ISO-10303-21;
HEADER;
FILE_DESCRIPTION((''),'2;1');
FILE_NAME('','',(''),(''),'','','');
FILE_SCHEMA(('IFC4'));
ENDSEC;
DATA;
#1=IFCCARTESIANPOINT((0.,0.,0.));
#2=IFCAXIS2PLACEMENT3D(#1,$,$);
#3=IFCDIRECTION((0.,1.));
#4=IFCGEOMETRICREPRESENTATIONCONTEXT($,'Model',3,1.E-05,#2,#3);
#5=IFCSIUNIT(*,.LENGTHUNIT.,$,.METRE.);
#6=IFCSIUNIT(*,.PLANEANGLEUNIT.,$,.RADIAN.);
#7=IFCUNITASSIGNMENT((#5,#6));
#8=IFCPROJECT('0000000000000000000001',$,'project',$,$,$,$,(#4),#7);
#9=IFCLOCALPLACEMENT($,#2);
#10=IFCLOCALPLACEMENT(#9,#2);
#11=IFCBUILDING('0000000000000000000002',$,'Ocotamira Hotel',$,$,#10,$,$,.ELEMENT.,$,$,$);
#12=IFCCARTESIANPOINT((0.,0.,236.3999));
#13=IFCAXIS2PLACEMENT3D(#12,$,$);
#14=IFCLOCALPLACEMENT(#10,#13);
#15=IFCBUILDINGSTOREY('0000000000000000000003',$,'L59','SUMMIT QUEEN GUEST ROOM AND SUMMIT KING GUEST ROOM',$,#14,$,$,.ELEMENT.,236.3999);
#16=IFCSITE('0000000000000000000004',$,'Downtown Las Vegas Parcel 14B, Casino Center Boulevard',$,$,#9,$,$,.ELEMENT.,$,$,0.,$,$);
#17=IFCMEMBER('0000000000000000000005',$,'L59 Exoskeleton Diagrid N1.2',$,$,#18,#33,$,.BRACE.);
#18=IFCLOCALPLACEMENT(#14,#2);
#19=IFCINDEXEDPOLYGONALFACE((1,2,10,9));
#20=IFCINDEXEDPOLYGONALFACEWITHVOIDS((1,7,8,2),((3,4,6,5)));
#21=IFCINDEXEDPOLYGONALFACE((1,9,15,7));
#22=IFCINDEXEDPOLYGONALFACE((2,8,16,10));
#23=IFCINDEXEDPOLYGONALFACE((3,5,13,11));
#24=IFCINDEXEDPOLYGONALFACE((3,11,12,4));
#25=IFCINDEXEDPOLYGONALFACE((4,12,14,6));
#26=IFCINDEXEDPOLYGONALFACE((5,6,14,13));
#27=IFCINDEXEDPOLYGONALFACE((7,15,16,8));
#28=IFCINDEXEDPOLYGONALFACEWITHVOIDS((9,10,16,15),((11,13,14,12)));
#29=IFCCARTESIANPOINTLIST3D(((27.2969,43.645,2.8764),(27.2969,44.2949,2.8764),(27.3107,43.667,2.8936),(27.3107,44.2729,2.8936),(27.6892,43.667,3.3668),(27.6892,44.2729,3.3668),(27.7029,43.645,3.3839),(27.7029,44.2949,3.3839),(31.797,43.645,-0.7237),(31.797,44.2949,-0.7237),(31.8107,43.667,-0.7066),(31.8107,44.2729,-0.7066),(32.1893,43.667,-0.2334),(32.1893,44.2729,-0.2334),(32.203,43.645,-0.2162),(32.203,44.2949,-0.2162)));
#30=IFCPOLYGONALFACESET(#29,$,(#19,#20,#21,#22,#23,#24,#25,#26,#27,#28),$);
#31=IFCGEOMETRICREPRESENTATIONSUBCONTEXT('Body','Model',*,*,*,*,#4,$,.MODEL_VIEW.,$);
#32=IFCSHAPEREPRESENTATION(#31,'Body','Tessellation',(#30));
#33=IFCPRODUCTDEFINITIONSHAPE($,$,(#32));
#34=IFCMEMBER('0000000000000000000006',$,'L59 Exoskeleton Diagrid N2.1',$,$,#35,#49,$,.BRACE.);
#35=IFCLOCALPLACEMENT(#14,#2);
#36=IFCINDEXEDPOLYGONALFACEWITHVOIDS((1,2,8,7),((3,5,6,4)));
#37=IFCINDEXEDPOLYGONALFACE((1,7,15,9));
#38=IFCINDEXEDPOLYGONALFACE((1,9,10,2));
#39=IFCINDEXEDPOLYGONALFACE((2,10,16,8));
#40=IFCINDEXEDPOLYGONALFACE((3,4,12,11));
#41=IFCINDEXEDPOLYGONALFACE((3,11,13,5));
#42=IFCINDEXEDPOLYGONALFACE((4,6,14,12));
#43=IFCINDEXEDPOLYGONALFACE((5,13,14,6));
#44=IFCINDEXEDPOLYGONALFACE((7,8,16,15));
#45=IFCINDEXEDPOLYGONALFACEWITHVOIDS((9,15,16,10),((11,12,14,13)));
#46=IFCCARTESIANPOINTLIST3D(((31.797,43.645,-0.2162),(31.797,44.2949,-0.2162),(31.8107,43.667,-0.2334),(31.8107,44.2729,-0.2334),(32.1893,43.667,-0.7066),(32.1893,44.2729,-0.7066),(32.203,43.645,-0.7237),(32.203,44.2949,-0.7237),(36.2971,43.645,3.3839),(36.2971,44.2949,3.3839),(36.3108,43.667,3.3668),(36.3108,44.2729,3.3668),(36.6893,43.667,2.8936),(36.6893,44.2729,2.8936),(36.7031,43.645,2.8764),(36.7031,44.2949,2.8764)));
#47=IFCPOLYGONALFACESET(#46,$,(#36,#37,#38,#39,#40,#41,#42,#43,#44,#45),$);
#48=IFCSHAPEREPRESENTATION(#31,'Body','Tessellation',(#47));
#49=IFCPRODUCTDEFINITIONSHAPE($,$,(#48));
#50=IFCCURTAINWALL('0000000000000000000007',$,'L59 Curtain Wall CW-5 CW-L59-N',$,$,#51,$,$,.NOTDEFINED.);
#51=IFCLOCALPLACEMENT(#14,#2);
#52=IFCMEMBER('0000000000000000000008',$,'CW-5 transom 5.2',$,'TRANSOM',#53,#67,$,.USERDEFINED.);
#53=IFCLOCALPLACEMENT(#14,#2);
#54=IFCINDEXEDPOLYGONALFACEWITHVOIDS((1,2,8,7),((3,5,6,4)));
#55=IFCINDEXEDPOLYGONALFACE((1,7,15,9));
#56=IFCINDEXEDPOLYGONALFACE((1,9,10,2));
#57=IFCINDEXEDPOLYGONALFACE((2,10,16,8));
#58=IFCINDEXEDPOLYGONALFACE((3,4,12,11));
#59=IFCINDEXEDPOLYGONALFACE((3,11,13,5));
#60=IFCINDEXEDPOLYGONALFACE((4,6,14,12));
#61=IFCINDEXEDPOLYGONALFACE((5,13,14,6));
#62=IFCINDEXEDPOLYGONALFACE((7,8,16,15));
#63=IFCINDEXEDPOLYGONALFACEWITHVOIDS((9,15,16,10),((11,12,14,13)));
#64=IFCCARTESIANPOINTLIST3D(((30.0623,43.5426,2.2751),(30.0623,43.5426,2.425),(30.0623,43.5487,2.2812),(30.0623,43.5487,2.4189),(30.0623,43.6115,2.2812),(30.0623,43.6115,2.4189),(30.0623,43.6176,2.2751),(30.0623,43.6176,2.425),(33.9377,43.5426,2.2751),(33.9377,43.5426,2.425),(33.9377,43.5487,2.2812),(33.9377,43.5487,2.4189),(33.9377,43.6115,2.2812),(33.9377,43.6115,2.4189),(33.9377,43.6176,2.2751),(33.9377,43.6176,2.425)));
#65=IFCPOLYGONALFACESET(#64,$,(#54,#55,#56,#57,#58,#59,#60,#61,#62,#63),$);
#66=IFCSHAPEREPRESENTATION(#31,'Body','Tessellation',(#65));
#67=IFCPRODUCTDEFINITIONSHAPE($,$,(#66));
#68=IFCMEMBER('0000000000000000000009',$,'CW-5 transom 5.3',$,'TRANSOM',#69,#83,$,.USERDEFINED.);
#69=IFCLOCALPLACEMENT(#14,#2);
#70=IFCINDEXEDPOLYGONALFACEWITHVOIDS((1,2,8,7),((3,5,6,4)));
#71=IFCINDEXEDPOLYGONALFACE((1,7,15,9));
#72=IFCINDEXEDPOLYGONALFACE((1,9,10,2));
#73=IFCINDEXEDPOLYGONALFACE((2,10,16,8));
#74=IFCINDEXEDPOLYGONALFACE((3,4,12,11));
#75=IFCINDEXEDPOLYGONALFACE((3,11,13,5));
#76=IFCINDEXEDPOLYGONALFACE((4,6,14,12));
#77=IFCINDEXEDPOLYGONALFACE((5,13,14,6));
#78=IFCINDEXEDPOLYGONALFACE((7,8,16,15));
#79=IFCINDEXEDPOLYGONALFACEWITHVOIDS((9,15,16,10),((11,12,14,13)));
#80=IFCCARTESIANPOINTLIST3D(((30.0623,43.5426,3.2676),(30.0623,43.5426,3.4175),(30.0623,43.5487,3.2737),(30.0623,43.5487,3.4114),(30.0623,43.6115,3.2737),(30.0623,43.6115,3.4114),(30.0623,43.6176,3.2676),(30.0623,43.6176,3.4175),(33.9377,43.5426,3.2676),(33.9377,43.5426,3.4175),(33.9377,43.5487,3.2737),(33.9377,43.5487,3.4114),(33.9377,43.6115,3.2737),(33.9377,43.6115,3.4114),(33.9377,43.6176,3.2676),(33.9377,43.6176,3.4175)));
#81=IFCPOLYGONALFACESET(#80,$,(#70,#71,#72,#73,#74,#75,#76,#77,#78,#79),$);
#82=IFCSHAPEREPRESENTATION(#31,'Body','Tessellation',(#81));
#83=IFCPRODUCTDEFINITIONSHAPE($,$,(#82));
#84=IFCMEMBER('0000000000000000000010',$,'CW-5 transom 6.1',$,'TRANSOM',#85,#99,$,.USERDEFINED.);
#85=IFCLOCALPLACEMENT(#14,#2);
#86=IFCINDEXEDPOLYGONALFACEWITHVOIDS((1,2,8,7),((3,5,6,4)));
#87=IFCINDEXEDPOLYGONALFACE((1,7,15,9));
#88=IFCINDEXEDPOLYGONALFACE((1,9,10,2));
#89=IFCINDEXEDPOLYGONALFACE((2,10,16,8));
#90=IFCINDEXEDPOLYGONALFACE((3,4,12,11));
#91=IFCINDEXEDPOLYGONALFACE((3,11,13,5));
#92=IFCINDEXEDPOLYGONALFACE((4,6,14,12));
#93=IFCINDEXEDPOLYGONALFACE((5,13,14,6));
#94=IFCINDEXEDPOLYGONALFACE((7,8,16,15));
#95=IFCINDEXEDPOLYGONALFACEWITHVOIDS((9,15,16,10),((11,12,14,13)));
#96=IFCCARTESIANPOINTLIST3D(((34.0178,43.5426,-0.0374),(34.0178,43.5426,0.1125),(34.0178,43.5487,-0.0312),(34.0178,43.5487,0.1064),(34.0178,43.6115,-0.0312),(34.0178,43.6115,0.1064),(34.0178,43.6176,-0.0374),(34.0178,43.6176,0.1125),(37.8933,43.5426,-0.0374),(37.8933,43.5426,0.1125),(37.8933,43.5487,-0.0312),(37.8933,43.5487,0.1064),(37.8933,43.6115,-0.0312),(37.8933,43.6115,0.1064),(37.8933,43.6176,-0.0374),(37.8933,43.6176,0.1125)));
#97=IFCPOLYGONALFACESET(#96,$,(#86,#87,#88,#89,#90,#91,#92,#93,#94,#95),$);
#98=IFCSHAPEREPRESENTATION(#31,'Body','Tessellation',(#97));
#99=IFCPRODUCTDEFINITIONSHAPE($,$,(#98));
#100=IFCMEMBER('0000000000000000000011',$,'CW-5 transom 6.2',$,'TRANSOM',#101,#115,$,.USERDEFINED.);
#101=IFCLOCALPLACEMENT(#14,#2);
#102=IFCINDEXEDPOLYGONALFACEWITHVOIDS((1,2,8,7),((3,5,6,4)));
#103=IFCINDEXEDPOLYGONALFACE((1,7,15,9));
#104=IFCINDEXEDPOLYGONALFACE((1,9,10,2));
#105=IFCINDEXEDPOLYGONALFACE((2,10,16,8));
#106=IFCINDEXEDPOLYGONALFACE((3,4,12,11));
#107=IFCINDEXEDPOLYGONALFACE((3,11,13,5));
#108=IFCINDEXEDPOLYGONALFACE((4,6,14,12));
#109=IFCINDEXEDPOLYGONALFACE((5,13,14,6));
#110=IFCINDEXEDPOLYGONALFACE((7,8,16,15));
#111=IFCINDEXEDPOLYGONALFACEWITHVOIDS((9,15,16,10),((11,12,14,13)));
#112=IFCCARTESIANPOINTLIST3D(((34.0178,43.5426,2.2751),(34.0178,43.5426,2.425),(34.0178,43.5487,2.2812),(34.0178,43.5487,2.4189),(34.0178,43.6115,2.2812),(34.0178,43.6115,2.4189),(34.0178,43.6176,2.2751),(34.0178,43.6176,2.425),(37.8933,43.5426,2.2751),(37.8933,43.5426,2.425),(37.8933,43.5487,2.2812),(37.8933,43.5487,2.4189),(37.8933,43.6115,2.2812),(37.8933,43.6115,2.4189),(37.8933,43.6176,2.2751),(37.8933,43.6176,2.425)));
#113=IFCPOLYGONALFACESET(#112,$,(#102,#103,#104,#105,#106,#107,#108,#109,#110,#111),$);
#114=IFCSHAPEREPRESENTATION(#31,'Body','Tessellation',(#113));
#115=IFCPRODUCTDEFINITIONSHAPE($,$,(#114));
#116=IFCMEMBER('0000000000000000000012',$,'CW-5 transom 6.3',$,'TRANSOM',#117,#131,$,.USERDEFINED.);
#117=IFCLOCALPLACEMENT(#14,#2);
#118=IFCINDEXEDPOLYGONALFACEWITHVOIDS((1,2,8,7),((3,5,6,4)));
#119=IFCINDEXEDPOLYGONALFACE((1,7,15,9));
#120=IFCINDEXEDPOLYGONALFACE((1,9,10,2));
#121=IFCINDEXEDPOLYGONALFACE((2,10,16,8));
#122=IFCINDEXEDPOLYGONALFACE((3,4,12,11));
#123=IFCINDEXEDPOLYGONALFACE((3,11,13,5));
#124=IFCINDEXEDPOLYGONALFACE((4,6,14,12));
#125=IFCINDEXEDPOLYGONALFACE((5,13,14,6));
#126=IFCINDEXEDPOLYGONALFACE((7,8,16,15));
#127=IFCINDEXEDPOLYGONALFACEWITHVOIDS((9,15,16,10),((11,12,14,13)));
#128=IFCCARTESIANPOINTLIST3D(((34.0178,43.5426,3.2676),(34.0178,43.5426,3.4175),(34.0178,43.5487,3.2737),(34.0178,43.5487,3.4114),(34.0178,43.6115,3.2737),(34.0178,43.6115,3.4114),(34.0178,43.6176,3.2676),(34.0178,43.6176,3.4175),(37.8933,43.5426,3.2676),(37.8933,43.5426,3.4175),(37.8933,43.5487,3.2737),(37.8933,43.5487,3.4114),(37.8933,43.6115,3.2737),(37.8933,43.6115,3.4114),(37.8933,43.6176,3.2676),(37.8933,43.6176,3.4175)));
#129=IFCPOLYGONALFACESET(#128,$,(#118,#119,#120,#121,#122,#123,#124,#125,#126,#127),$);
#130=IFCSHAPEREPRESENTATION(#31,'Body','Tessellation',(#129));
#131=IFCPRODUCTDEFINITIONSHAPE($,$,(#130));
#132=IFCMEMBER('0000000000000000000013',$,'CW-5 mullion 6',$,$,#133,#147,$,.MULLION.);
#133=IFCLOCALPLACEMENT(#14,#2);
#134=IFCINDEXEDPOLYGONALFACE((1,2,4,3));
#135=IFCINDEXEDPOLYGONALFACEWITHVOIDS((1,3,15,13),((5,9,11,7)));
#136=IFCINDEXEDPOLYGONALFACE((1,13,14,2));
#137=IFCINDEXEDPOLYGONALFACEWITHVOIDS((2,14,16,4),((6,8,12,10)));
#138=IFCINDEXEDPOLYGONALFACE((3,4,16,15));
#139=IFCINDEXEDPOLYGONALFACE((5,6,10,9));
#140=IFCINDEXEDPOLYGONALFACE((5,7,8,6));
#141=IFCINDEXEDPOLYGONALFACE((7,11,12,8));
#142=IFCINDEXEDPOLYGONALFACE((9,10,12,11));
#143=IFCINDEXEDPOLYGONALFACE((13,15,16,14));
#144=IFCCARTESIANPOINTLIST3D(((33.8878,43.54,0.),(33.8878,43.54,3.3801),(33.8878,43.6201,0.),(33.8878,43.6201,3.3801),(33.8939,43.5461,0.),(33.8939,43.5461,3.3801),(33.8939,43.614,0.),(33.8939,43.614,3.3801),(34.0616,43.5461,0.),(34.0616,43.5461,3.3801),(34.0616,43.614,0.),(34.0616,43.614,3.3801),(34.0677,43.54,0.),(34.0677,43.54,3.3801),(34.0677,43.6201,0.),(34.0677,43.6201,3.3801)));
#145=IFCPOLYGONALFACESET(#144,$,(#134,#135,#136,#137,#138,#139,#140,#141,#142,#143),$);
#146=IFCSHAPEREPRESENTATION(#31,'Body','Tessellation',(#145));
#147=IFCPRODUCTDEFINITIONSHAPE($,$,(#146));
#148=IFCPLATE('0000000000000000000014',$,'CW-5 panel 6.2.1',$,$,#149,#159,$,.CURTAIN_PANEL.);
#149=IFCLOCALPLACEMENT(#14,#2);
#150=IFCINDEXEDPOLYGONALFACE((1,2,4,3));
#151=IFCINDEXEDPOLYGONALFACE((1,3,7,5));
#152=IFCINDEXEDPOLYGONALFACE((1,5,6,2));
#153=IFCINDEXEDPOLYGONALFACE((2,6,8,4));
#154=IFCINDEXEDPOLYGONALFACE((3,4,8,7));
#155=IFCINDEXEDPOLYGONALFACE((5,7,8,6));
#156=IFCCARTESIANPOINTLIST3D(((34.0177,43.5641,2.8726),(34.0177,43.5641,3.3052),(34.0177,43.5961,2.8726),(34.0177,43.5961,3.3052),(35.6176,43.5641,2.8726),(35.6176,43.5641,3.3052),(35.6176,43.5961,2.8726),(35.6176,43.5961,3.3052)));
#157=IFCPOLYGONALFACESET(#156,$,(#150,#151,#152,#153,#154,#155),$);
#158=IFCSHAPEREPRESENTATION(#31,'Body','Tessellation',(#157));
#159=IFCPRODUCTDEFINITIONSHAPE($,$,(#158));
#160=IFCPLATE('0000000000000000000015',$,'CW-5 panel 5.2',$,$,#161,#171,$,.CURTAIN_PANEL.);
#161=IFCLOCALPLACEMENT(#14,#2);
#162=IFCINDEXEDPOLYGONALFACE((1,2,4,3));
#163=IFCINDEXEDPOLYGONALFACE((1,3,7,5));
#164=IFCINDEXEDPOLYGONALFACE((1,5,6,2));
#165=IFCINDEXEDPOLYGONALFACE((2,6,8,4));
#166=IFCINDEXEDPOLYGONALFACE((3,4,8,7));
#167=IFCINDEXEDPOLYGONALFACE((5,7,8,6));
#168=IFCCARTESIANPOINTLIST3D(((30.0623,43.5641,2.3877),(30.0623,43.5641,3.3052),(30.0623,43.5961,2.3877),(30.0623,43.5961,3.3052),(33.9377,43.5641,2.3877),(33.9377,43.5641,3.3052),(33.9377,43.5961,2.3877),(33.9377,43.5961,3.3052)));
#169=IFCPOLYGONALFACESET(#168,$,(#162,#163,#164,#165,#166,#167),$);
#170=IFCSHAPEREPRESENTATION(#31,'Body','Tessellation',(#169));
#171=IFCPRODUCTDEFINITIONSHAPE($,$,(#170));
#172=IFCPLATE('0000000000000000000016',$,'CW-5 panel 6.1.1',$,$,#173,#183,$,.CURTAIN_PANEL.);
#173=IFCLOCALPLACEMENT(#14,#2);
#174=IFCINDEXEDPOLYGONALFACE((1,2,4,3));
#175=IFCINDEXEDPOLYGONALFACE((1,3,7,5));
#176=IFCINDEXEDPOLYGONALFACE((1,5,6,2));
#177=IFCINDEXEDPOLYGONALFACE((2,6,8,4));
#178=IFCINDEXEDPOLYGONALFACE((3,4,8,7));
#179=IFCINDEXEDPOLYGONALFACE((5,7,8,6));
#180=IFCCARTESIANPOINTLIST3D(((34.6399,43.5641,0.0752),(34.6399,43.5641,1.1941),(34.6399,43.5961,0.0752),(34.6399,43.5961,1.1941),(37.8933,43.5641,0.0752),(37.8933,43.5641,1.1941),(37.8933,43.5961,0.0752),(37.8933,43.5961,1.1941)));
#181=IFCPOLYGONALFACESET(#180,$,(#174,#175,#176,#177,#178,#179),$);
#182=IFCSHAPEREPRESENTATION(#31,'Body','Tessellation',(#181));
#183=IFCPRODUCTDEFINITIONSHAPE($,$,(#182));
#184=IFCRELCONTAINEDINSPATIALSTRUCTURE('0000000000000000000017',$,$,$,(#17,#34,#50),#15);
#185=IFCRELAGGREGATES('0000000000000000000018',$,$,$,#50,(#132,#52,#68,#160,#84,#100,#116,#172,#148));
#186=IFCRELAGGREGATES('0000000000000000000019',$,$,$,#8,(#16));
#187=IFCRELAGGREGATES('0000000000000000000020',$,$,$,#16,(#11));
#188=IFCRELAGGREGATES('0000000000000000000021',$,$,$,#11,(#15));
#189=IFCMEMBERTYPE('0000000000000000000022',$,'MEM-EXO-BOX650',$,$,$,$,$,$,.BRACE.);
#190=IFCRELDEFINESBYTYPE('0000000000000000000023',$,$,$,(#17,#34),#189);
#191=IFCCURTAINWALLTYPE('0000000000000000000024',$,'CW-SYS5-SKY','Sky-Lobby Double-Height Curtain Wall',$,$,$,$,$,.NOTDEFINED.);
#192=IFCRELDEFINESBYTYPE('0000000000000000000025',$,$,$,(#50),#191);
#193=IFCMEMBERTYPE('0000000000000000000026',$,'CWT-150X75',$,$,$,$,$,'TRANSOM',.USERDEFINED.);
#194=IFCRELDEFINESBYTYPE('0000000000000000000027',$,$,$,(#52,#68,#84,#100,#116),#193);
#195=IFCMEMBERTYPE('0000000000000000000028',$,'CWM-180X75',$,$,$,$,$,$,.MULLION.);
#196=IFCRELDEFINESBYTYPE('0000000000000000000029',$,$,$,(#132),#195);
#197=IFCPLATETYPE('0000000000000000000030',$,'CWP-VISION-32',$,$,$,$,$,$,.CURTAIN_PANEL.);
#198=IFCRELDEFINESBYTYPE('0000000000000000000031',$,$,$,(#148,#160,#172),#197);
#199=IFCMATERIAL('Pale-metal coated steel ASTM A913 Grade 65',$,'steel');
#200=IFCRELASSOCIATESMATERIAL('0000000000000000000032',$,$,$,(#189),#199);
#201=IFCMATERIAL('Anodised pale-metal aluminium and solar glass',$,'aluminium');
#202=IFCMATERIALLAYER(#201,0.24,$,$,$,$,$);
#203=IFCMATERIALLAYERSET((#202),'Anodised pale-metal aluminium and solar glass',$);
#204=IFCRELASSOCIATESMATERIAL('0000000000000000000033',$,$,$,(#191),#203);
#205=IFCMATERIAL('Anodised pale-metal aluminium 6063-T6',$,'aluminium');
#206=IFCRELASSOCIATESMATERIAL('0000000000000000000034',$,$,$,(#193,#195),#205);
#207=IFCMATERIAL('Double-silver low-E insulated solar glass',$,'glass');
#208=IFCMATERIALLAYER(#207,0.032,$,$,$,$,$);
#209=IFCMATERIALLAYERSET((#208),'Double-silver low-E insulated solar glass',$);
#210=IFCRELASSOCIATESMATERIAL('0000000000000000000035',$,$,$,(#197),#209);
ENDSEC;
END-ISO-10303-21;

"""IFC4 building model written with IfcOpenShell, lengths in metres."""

from ifc_helpers import new_model, si_unit, direction, frame, origin, origin_2d, place, context, subcontext, project, spatial, rectangle, hollow_rectangle, extrude, source, transform, mapped, material, layer, layer_set, material_profile, profile_set, type_object, element, aggregate, save


model = new_model("IFC4")

# Units and contexts
model_context = context("Model", 3, precision=1e-05, world=origin(), true_north=direction((0.0, 1.0)))
body_context = subcontext(model_context, "Body", "Model", "MODEL_VIEW")
ifc_project = project(units=[si_unit("LENGTHUNIT", "METRE"), si_unit("PLANEANGLEUNIT", "RADIAN")], contexts=[model_context])

# Site, building, storey
site_placement = place(None, origin())
site = spatial("IfcSite", under=ifc_project, at=site_placement, Name="Downtown Las Vegas Parcel 14B, Casino Center Boulevard", CompositionType="ELEMENT", RefElevation=0.0)
building_placement = place(site_placement, origin())
building = spatial("IfcBuilding", under=site, at=building_placement, Name="Ocotamira Hotel", CompositionType="ELEMENT")
storey_placement = place(building_placement, frame((0.0, 0.0, 236.3999)))
storey = spatial("IfcBuildingStorey", under=building, at=storey_placement, Name="L59", Description="SUMMIT QUEEN GUEST ROOM AND SUMMIT KING GUEST ROOM", CompositionType="ELEMENT", Elevation=236.3999)

# Members
ifc_material_1 = material(Name="Pale-metal coated steel ASTM A913 Grade 65", Category="steel")
ifc_material_profile_1 = material_profile(ifc_material_1, hollow_rectangle(XDim=0.6499, YDim=0.6499, WallThickness=0.022, at=origin_2d()), Name="BOX650X650X22")
ifc_profile_set_1 = profile_set([ifc_material_profile_1], Name="Pale-metal coated steel ASTM A913 Grade 65")
member_type_1 = type_object("IfcMemberType", Name="MEM-EXO-BOX650", PredefinedType="BRACE", material=ifc_profile_set_1)
shared_shape_1 = source(origin(), body_context, "Body", "SweptSolid", [
    extrude(hollow_rectangle(XDim=0.6499, YDim=0.6499, WallThickness=0.022, at=origin_2d()), origin(), (0.0, 0.0, 1.0), 5.7629),
])
for number, where, z_axis, x_axis, name in (
    (1, (32.0, 43.97, -0.47), (-0.780861, 0.0, 0.624705), (0.0, -1.0, 0.0), "L59 Exoskeleton Diagrid N1.2"),
    (2, (32.0, 43.97, -0.47), (0.780861, 0.0, 0.624705), (0.0, 1.0, 0.0), "L59 Exoskeleton Diagrid N2.1"),
):
    element("IfcMember", number, at=place(storey_placement, frame(where, z_axis=z_axis, x_axis=x_axis)), inside=storey, type_object=member_type_1, Name=name, PredefinedType="BRACE", context=body_context, shape_type="MappedRepresentation", body=[
        mapped(shared_shape_1, transform((0.0, 0.0, 0.0), scale=1.0)),
    ])

# Curtain wall, members, plates
ifc_material_2 = material(Name="Anodised pale-metal aluminium and solar glass", Category="aluminium")
ifc_layer_1 = layer(ifc_material_2, 0.24)
ifc_layer_set_1 = layer_set([ifc_layer_1], Name="Anodised pale-metal aluminium and solar glass")
curtain_wall_type = type_object("IfcCurtainWallType", Name="CW-SYS5-SKY", Description="Sky-Lobby Double-Height Curtain Wall", PredefinedType="NOTDEFINED", material=ifc_layer_set_1)
curtain_wall_placement = place(storey_placement, origin())
curtain_wall = element("IfcCurtainWall", 3, at=curtain_wall_placement, inside=storey, type_object=curtain_wall_type, Name="L59 Curtain Wall CW-5 CW-L59-N", PredefinedType="NOTDEFINED")
ifc_material_3 = material(Name="Anodised pale-metal aluminium 6063-T6", Category="aluminium")
ifc_material_profile_2 = material_profile(ifc_material_3, hollow_rectangle(XDim=0.075, YDim=0.1499, WallThickness=0.0061, at=origin_2d()), Name="HSS150X75X6")
ifc_profile_set_2 = profile_set([ifc_material_profile_2], Name="Anodised pale-metal aluminium 6063-T6")
member_type_2 = type_object("IfcMemberType", Name="CWT-150X75", ElementType="TRANSOM", PredefinedType="USERDEFINED", material=ifc_profile_set_2)
shared_shape_2 = source(origin(), body_context, "Body", "SweptSolid", [
    extrude(hollow_rectangle(XDim=0.075, YDim=0.1499, WallThickness=0.0061, at=origin_2d()), origin(), (0.0, 0.0, 1.0), 3.8755),
])
member_1_placement = place(storey_placement, frame((30.0623, 43.5801, 2.3501), z_axis=(1.0, 0.0, 0.0), x_axis=(0.0, 1.0, 0.0)))
member_1 = element("IfcMember", 4, at=member_1_placement, type_object=member_type_2, Name="CW-5 transom 5.2", ObjectType="TRANSOM", PredefinedType="USERDEFINED", context=body_context, shape_type="MappedRepresentation", body=[
    mapped(shared_shape_2, transform((0.0, 0.0, 0.0), scale=1.0)),
])
member_2_placement = place(storey_placement, frame((30.0623, 43.5801, 3.3425), z_axis=(1.0, 0.0, 0.0), x_axis=(0.0, 1.0, 0.0)))
member_2 = element("IfcMember", 5, at=member_2_placement, type_object=member_type_2, Name="CW-5 transom 5.3", ObjectType="TRANSOM", PredefinedType="USERDEFINED", context=body_context, shape_type="MappedRepresentation", body=[
    mapped(shared_shape_2, transform((0.0, 0.0, 0.0), scale=1.0)),
])
member_3_placement = place(storey_placement, frame((34.0178, 43.5801, 0.0376), z_axis=(1.0, 0.0, 0.0), x_axis=(0.0, 1.0, 0.0)))
member_3 = element("IfcMember", 6, at=member_3_placement, type_object=member_type_2, Name="CW-5 transom 6.1", ObjectType="TRANSOM", PredefinedType="USERDEFINED", context=body_context, shape_type="MappedRepresentation", body=[
    mapped(shared_shape_2, transform((0.0, 0.0, 0.0), scale=1.0)),
])
member_4_placement = place(storey_placement, frame((34.0178, 43.5801, 2.3501), z_axis=(1.0, 0.0, 0.0), x_axis=(0.0, 1.0, 0.0)))
member_4 = element("IfcMember", 7, at=member_4_placement, type_object=member_type_2, Name="CW-5 transom 6.2", ObjectType="TRANSOM", PredefinedType="USERDEFINED", context=body_context, shape_type="MappedRepresentation", body=[
    mapped(shared_shape_2, transform((0.0, 0.0, 0.0), scale=1.0)),
])
member_5_placement = place(storey_placement, frame((34.0178, 43.5801, 3.3425), z_axis=(1.0, 0.0, 0.0), x_axis=(0.0, 1.0, 0.0)))
member_5 = element("IfcMember", 8, at=member_5_placement, type_object=member_type_2, Name="CW-5 transom 6.3", ObjectType="TRANSOM", PredefinedType="USERDEFINED", context=body_context, shape_type="MappedRepresentation", body=[
    mapped(shared_shape_2, transform((0.0, 0.0, 0.0), scale=1.0)),
])
ifc_material_profile_3 = material_profile(ifc_material_3, hollow_rectangle(XDim=0.0801, YDim=0.1799, WallThickness=0.0061, at=origin_2d()), Name="HSS180X80X6")
ifc_profile_set_3 = profile_set([ifc_material_profile_3], Name="Anodised pale-metal aluminium 6063-T6")
member_type_3 = type_object("IfcMemberType", Name="CWM-180X75", PredefinedType="MULLION", material=ifc_profile_set_3)
shared_shape_3 = source(origin(), body_context, "Body", "SweptSolid", [
    extrude(hollow_rectangle(XDim=0.0801, YDim=0.1799, WallThickness=0.0061, at=origin_2d()), origin(), (0.0, 0.0, 1.0), 3.3801),
])
member_6_placement = place(storey_placement, frame((33.9778, 43.5801, 0.0), z_axis=(0.0, 0.0, 1.0), x_axis=(0.0, 1.0, 0.0)))
member_6 = element("IfcMember", 9, at=member_6_placement, type_object=member_type_3, Name="CW-5 mullion 6", PredefinedType="MULLION", context=body_context, shape_type="MappedRepresentation", body=[
    mapped(shared_shape_3, transform((0.0, 0.0, 0.0), scale=1.0)),
])
ifc_material_4 = material(Name="Double-silver low-E insulated solar glass", Category="glass")
ifc_layer_2 = layer(ifc_material_4, 0.032)
ifc_layer_set_2 = layer_set([ifc_layer_2], Name="Double-silver low-E insulated solar glass")
plate_type = type_object("IfcPlateType", Name="CWP-VISION-32", PredefinedType="CURTAIN_PANEL", material=ifc_layer_set_2)
shared_shape_4 = source(origin(), body_context, "Body", "SweptSolid", [
    extrude(rectangle(XDim=1.5999, YDim=0.032, at=origin_2d()), origin(), (0.0, 0.0, 1.0), 0.4326),
])
plate_1_placement = place(storey_placement, frame((34.8176, 43.5801, 2.8726), z_axis=(0.0, 0.0, 1.0), x_axis=(1.0, 0.0, 0.0)))
plate_1 = element("IfcPlate", 10, at=plate_1_placement, type_object=plate_type, Name="CW-5 panel 6.2.1", PredefinedType="CURTAIN_PANEL", context=body_context, shape_type="MappedRepresentation", body=[
    mapped(shared_shape_4, transform((0.0, 0.0, 0.0), scale=1.0)),
])
shared_shape_5 = source(origin(), body_context, "Body", "SweptSolid", [
    extrude(rectangle(XDim=3.8755, YDim=0.032, at=origin_2d()), origin(), (0.0, 0.0, 1.0), 0.9175),
])
plate_2_placement = place(storey_placement, frame((32.0, 43.5801, 2.3877), z_axis=(0.0, 0.0, 1.0), x_axis=(1.0, 0.0, 0.0)))
plate_2 = element("IfcPlate", 11, at=plate_2_placement, type_object=plate_type, Name="CW-5 panel 5.2", PredefinedType="CURTAIN_PANEL", context=body_context, shape_type="MappedRepresentation", body=[
    mapped(shared_shape_5, transform((0.0, 0.0, 0.0), scale=1.0)),
])
shared_shape_6 = source(origin(), body_context, "Body", "SweptSolid", [
    extrude(rectangle(XDim=3.2534, YDim=0.032, at=origin_2d()), origin(), (0.0, 0.0, 1.0), 1.1189),
])
plate_3_placement = place(storey_placement, frame((36.2666, 43.5801, 0.0752), z_axis=(0.0, 0.0, 1.0), x_axis=(1.0, 0.0, 0.0)))
plate_3 = element("IfcPlate", 12, at=plate_3_placement, type_object=plate_type, Name="CW-5 panel 6.1.1", PredefinedType="CURTAIN_PANEL", context=body_context, shape_type="MappedRepresentation", body=[
    mapped(shared_shape_6, transform((0.0, 0.0, 0.0), scale=1.0)),
])
aggregate(curtain_wall, [member_6, member_1, member_2, plate_2, member_3, member_4, member_5, plate_3, plate_1])

save(model, "model.ifc")
